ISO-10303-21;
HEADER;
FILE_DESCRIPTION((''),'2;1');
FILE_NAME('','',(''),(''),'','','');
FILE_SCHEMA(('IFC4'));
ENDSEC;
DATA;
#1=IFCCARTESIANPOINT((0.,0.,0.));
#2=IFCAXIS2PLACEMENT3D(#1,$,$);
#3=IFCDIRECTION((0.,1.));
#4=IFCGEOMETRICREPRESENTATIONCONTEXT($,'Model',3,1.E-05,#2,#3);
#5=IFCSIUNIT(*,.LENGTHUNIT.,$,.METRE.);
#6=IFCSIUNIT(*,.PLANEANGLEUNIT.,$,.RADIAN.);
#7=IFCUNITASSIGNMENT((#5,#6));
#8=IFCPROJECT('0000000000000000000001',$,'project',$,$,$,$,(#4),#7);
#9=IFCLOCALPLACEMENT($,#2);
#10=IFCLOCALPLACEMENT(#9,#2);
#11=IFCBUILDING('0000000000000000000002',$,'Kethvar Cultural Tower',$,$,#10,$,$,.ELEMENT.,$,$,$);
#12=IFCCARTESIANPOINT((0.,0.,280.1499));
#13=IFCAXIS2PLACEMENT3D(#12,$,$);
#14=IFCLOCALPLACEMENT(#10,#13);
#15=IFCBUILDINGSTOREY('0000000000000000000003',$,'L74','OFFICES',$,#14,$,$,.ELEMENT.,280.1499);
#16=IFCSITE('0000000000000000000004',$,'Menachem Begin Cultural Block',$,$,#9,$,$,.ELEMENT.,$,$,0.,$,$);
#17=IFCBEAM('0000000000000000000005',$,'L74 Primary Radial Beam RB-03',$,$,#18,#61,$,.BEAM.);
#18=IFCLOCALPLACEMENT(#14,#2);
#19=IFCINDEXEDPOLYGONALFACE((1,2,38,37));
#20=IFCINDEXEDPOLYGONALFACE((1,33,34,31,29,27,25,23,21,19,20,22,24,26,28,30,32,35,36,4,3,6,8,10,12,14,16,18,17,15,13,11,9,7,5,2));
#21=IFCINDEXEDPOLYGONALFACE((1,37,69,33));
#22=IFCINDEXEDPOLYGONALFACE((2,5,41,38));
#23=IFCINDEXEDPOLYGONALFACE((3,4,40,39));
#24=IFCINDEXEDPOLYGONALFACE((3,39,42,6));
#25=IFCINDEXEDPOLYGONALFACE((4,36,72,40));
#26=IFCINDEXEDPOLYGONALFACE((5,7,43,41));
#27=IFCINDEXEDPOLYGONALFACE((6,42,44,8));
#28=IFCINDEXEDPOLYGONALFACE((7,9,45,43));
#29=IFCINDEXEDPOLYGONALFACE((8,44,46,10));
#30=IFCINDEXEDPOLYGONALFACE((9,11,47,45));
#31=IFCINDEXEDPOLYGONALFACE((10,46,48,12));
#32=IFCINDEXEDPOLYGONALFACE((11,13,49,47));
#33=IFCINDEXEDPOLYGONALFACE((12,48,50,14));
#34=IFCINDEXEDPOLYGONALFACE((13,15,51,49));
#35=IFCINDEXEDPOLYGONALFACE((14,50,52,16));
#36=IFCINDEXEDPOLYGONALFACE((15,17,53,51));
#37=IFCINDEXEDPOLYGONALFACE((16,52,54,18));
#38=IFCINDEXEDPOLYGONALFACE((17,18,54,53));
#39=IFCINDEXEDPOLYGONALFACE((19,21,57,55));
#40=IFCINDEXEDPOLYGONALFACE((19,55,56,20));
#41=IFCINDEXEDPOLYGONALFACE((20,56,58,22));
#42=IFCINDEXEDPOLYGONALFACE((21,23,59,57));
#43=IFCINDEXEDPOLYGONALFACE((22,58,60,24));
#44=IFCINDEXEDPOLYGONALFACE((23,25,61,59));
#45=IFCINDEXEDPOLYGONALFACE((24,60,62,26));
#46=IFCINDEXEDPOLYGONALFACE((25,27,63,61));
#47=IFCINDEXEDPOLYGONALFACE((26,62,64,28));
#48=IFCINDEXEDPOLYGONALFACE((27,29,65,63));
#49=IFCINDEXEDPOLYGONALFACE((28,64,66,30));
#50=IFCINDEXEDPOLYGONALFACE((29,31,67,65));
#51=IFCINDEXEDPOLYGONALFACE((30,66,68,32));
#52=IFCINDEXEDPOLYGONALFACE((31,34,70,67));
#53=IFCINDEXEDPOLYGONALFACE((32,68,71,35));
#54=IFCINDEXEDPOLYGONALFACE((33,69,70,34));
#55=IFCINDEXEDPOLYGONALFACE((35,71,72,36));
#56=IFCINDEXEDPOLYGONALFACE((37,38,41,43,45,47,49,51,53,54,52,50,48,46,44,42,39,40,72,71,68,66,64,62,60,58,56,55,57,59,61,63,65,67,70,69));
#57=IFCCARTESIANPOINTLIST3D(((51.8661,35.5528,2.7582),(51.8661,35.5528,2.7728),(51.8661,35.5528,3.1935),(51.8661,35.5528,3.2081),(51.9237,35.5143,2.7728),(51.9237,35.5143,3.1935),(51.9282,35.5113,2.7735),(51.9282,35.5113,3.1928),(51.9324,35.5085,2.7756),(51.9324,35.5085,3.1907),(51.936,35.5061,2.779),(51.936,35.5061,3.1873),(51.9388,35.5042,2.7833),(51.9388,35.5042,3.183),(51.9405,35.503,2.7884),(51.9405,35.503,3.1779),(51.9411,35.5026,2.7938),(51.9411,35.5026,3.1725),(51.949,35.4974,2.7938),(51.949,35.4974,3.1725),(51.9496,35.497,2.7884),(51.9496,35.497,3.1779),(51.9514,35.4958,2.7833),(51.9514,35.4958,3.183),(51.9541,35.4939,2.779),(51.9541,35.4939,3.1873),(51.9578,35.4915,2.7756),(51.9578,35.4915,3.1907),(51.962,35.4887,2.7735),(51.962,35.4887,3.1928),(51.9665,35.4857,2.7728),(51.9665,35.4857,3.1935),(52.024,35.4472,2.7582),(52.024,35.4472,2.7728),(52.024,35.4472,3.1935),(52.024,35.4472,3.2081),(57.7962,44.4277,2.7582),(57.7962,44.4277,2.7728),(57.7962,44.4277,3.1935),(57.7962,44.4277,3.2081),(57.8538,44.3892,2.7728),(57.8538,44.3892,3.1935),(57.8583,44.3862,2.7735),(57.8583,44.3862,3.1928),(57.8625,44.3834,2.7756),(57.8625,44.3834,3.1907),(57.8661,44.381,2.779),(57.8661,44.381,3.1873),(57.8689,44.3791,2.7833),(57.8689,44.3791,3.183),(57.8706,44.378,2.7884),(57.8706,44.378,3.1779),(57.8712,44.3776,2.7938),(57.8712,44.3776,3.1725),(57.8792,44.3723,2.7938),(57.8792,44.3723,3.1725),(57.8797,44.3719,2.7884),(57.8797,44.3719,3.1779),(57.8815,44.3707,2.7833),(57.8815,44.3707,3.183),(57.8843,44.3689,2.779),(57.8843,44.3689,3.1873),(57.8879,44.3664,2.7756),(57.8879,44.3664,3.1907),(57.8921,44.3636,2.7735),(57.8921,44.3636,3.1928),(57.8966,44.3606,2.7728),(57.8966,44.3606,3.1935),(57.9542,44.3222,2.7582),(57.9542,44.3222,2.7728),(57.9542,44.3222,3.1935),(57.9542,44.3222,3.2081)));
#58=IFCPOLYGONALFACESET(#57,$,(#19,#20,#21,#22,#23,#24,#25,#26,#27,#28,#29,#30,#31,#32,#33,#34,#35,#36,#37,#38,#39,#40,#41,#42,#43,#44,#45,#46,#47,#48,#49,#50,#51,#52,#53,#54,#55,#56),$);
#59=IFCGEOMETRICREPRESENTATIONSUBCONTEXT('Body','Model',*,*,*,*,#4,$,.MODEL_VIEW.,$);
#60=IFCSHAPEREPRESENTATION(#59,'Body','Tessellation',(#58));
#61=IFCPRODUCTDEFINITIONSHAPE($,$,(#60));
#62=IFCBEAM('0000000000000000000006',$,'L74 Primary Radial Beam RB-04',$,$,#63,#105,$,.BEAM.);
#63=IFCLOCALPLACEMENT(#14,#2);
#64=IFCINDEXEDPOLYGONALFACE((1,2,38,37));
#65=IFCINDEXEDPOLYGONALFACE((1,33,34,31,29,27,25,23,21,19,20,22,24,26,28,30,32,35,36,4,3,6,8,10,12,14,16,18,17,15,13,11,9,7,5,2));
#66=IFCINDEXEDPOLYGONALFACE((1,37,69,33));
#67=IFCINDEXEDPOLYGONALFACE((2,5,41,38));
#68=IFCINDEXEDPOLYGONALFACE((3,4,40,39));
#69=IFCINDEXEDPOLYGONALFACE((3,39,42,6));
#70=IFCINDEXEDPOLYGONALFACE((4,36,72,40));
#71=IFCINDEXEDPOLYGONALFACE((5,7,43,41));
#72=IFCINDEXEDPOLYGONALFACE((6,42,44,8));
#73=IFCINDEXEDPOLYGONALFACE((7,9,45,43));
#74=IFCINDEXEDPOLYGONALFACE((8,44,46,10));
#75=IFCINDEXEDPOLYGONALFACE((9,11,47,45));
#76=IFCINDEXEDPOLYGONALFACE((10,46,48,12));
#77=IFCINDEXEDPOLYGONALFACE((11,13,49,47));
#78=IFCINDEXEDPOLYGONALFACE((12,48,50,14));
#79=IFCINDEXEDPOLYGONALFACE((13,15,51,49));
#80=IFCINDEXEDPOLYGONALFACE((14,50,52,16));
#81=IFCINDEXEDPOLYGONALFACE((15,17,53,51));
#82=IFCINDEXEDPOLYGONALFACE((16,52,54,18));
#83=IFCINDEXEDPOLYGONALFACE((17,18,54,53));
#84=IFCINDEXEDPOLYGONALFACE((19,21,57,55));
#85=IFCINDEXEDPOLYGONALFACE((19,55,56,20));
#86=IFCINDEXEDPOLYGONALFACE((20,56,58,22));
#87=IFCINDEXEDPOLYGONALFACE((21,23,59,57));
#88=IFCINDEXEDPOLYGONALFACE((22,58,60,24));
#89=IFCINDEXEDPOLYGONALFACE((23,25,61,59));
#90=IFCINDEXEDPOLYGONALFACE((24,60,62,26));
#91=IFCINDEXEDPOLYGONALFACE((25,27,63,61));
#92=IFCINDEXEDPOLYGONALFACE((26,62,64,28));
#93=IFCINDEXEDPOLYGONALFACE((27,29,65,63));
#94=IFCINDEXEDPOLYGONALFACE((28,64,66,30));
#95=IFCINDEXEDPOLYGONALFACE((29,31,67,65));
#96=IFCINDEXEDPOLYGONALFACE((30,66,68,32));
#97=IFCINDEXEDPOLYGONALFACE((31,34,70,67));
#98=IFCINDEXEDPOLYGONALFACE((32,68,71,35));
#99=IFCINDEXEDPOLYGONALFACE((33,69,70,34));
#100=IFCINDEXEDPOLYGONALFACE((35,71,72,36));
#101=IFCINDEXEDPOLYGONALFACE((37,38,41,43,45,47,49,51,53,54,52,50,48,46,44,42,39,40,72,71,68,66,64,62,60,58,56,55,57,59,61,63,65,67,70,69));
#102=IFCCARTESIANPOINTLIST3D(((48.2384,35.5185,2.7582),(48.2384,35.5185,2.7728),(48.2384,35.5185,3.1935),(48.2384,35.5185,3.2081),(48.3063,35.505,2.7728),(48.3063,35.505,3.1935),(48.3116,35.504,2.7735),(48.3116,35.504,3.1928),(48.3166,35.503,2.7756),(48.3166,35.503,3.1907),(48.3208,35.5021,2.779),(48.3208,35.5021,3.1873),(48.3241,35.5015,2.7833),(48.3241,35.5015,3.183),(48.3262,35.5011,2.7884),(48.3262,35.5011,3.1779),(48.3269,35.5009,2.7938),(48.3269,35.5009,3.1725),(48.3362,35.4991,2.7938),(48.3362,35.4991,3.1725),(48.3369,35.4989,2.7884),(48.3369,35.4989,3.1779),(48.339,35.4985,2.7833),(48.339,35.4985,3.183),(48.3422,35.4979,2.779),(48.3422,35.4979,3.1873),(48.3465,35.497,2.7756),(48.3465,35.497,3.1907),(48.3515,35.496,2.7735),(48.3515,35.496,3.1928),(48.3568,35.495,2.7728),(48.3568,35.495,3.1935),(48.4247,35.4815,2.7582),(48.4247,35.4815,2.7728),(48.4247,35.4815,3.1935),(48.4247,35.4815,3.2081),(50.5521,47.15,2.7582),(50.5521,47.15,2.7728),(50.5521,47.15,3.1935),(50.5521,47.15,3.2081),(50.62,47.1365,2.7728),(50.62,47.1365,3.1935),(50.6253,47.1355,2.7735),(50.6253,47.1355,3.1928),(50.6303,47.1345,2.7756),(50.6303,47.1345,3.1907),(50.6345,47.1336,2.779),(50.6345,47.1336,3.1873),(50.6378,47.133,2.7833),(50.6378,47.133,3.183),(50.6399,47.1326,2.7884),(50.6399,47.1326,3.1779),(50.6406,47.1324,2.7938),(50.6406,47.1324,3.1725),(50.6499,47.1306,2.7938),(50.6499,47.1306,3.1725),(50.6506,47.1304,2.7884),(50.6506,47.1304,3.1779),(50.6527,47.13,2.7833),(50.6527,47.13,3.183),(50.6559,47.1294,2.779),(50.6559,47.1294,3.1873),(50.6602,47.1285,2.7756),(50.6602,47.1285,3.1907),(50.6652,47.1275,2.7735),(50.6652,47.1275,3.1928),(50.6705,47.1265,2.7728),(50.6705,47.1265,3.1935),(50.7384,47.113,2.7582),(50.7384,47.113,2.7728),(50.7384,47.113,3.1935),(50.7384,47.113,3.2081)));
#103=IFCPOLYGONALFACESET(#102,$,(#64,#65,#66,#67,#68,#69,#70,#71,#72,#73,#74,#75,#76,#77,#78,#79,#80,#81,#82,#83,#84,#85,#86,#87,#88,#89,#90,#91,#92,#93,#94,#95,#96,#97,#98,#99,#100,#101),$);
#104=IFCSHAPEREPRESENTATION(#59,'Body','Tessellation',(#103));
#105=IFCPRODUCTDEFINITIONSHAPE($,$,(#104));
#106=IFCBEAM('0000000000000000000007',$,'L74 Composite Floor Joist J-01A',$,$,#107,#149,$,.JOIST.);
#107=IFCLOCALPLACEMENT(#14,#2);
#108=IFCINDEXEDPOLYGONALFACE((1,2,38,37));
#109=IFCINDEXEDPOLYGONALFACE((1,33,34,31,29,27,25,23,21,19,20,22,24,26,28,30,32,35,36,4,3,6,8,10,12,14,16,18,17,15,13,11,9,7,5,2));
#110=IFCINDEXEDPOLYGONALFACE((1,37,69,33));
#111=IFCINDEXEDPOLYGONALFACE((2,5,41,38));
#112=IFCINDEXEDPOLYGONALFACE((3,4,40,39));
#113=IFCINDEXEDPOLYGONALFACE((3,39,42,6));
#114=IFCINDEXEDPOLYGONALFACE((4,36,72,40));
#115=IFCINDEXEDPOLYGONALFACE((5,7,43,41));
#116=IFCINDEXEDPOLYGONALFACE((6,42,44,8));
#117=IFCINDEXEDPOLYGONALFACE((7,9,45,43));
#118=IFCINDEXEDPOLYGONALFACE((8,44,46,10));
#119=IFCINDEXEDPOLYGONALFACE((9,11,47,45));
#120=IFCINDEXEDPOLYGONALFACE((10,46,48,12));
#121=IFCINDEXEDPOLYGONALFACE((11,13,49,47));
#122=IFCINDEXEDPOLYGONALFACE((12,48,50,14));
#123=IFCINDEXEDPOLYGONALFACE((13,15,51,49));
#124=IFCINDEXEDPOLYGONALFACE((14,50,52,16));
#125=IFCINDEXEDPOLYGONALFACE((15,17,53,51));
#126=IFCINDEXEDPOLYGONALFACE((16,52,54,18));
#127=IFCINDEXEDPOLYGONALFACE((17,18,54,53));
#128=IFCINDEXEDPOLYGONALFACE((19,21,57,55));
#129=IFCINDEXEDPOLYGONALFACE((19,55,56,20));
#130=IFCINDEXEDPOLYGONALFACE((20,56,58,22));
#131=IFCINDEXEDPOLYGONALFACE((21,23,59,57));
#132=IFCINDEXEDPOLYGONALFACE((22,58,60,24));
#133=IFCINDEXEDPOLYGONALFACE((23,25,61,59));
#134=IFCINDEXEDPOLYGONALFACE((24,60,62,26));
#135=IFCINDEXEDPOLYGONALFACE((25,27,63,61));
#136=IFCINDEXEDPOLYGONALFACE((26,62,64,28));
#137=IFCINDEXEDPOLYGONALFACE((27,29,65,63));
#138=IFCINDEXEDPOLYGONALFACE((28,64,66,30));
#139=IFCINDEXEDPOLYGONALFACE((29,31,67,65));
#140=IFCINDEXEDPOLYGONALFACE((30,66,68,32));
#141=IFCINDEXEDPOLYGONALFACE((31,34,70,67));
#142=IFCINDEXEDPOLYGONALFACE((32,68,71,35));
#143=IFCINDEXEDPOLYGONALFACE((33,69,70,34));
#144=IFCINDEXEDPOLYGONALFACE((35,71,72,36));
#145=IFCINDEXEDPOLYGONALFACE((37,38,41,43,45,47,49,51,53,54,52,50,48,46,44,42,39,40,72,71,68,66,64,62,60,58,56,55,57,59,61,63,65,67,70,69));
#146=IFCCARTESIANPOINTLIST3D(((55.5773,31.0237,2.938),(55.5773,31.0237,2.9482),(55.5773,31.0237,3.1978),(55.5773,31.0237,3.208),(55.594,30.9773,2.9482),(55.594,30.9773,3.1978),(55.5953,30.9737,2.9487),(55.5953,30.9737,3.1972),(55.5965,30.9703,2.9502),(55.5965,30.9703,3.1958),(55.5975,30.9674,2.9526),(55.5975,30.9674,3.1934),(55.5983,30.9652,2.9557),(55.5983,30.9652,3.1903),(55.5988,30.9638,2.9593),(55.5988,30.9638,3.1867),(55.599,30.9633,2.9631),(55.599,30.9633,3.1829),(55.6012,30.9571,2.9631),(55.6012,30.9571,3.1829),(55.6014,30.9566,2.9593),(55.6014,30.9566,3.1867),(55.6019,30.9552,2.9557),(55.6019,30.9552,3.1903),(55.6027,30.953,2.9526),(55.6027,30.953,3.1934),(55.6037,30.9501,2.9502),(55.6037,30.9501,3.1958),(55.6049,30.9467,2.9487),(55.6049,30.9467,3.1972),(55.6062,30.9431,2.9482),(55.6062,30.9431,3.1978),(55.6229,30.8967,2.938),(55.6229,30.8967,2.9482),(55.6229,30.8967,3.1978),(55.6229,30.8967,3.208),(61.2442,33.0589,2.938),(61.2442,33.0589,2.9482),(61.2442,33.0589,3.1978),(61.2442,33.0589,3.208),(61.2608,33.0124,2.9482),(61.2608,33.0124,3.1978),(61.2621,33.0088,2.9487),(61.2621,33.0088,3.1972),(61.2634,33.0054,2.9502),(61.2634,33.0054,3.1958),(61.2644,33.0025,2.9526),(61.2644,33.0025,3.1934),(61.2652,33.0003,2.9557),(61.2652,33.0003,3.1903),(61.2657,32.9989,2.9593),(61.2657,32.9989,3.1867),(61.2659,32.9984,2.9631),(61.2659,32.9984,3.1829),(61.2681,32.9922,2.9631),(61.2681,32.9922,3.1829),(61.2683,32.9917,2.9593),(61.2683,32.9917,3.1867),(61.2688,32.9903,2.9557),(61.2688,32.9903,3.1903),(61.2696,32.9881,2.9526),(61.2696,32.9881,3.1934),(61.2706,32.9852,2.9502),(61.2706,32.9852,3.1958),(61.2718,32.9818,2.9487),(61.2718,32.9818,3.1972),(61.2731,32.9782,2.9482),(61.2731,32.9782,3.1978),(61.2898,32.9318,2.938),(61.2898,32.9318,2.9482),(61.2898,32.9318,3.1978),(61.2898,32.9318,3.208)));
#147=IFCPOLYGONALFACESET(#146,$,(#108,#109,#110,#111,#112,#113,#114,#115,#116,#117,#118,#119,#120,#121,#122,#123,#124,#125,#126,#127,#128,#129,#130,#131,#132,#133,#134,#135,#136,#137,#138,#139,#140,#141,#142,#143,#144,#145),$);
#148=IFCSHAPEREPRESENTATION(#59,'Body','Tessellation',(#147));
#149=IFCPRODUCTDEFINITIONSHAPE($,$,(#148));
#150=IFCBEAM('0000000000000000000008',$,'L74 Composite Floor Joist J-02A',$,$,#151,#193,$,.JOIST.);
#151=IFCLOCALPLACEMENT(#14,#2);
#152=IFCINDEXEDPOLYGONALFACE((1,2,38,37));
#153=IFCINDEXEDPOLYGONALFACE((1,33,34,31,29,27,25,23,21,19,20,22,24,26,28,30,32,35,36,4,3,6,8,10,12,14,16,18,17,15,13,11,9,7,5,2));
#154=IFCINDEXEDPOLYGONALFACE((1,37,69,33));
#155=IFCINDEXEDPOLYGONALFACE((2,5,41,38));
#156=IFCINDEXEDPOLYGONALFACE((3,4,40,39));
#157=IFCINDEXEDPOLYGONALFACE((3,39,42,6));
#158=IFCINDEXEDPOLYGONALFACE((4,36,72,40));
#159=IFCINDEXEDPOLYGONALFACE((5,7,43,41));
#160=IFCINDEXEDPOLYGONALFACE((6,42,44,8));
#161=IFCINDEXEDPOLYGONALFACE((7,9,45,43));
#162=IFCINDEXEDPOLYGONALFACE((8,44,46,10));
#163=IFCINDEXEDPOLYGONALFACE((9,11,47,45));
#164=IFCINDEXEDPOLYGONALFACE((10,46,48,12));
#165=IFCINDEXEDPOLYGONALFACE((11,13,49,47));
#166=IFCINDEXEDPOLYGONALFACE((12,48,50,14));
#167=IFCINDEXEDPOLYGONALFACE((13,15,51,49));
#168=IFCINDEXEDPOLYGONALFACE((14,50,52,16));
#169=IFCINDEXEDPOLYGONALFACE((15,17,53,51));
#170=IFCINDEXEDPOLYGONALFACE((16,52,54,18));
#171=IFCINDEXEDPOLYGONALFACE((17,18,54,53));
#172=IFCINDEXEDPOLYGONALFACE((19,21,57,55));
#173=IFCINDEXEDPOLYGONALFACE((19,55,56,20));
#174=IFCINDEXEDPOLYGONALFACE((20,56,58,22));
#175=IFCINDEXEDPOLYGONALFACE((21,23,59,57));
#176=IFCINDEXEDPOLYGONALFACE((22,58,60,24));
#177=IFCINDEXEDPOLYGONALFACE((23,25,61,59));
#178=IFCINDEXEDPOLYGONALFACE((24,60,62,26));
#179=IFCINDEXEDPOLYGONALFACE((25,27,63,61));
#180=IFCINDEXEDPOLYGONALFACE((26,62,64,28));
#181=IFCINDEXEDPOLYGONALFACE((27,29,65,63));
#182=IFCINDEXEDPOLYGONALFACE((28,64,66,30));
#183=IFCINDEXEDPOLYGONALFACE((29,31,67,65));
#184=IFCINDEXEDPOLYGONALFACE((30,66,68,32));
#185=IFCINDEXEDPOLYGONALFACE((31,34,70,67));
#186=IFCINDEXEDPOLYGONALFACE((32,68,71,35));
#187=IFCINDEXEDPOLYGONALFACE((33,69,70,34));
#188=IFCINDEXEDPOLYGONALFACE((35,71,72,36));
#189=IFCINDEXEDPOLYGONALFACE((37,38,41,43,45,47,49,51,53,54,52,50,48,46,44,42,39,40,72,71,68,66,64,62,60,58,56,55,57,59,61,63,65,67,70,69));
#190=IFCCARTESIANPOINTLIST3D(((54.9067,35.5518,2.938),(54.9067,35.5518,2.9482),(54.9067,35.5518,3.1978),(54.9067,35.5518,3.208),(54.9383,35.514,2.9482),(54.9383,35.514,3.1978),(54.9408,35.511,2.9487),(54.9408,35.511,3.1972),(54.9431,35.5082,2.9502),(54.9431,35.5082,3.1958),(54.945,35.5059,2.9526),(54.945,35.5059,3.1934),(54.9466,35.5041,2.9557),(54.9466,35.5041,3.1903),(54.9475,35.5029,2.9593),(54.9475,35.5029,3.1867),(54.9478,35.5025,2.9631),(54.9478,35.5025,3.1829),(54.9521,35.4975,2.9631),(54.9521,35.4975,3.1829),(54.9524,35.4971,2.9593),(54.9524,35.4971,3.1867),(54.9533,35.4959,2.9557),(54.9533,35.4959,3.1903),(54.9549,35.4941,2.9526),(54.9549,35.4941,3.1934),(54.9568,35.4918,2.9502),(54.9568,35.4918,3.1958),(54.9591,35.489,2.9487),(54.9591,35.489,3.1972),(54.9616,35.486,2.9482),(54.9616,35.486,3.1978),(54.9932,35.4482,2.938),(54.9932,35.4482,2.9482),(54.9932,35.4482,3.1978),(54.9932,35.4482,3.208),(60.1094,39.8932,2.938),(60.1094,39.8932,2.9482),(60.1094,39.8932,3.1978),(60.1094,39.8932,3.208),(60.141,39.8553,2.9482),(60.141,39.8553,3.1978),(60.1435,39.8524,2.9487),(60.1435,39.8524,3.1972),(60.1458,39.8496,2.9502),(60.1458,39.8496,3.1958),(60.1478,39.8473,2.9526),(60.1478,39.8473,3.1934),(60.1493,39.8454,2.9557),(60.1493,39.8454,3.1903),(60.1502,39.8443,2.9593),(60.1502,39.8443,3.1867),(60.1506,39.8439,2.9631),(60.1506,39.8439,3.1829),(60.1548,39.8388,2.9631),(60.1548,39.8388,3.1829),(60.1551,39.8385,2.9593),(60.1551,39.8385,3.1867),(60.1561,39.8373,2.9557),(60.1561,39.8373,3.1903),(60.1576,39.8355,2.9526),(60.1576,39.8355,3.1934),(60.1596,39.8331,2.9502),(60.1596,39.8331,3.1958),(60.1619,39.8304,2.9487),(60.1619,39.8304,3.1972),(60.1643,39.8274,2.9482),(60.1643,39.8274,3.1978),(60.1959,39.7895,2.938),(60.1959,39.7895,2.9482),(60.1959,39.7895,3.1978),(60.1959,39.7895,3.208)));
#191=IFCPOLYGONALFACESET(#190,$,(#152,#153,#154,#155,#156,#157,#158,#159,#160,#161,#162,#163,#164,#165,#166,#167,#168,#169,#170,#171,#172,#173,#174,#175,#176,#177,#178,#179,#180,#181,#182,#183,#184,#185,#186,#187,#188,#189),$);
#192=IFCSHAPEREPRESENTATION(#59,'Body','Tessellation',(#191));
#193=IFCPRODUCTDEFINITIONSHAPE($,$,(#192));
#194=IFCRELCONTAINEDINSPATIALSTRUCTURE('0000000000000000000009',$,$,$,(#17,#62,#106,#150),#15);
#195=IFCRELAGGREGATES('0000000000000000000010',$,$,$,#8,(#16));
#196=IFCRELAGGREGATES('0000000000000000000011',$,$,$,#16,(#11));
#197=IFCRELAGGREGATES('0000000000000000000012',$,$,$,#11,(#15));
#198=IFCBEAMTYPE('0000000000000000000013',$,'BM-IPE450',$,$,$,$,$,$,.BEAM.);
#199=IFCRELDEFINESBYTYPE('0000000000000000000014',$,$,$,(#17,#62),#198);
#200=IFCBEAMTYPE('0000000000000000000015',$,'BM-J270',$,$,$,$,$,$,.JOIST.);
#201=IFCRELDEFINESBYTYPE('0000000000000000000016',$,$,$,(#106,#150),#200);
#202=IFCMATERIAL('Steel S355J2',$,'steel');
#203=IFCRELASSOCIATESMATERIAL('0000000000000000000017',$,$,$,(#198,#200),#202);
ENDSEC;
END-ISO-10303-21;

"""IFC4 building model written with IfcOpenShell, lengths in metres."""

from ifc_helpers import new_model, si_unit, direction, frame, origin, origin_2d, place, context, subcontext, project, spatial, i_section, extrude, source, transform, mapped, material, material_profile, profile_set, type_object, element, save


model = new_model("IFC4")

# Units and contexts
model_context = context("Model", 3, precision=1e-05, world=origin(), true_north=direction((0.0, 1.0)))
body_context = subcontext(model_context, "Body", "Model", "MODEL_VIEW")
ifc_project = project(units=[si_unit("LENGTHUNIT", "METRE"), si_unit("PLANEANGLEUNIT", "RADIAN")], contexts=[model_context])

# Site, building, storey
site_placement = place(None, origin())
site = spatial("IfcSite", under=ifc_project, at=site_placement, Name="Menachem Begin Cultural Block", CompositionType="ELEMENT", RefElevation=0.0)
building_placement = place(site_placement, origin())
building = spatial("IfcBuilding", under=site, at=building_placement, Name="Kethvar Cultural Tower", CompositionType="ELEMENT")
storey_placement = place(building_placement, frame((0.0, 0.0, 280.1499)))
storey = spatial("IfcBuildingStorey", under=building, at=storey_placement, Name="L74", Description="OFFICES", CompositionType="ELEMENT", Elevation=280.1499)

# Beams
ifc_material_1 = material(Name="Steel S355J2", Category="steel")
ifc_material_profile_1 = material_profile(ifc_material_1, i_section(OverallWidth=0.1899, OverallDepth=0.45, WebThickness=0.0095, FlangeThickness=0.0146, FilletRadius=0.021, at=origin_2d()), Name="Steel S355J2 — IPE450")
ifc_profile_set_1 = profile_set([ifc_material_profile_1], Name="Steel S355J2 — IPE450")
beam_type_1 = type_object("IfcBeamType", Name="BM-IPE450", PredefinedType="BEAM", material=ifc_profile_set_1)
shared_shape_1 = source(origin(), body_context, "Body", "SweptSolid", [
    extrude(i_section(OverallWidth=0.1899, OverallDepth=0.45, WebThickness=0.0095, FlangeThickness=0.0146, FilletRadius=0.021, at=origin_2d()), origin(), (0.0, 0.0, 1.0), 10.6738),
])
beam_1_placement = place(storey_placement, frame((51.9451, 35.5, 2.9832), z_axis=(0.555576, 0.831466, 0.0), x_axis=(-0.831466, 0.555576, 0.0)))
element("IfcBeam", 1, at=beam_1_placement, inside=storey, type_object=beam_type_1, Name="L74 Primary Radial Beam RB-03", PredefinedType="BEAM", context=body_context, shape_type="MappedRepresentation", body=[
    mapped(shared_shape_1, transform((0.0, 0.0, 0.0), scale=1.0)),
])
shared_shape_2 = source(origin(), body_context, "Body", "SweptSolid", [
    extrude(i_section(OverallWidth=0.1899, OverallDepth=0.45, WebThickness=0.0095, FlangeThickness=0.0146, FilletRadius=0.021, at=origin_2d()), origin(), (0.0, 0.0, 1.0), 11.8594),
])
beam_2_placement = place(storey_placement, frame((48.3315, 35.5, 2.9832), z_axis=(0.195095, 0.980784, 0.0), x_axis=(-0.980784, 0.195095, 0.0)))
element("IfcBeam", 2, at=beam_2_placement, inside=storey, type_object=beam_type_1, Name="L74 Primary Radial Beam RB-04", PredefinedType="BEAM", context=body_context, shape_type="MappedRepresentation", body=[
    mapped(shared_shape_2, transform((0.0, 0.0, 0.0), scale=1.0)),
])
ifc_material_profile_2 = material_profile(ifc_material_1, i_section(OverallWidth=0.135, OverallDepth=0.27, WebThickness=0.0066, FlangeThickness=0.0103, FilletRadius=0.0149, at=origin_2d()), Name="Steel S355J2 — IPE270")
ifc_profile_set_2 = profile_set([ifc_material_profile_2], Name="Steel S355J2 — IPE270")
beam_type_2 = type_object("IfcBeamType", Name="BM-J270", PredefinedType="JOIST", material=ifc_profile_set_2)
shared_shape_3 = source(origin(), body_context, "Body", "SweptSolid", [
    extrude(i_section(OverallWidth=0.135, OverallDepth=0.27, WebThickness=0.0066, FlangeThickness=0.0103, FilletRadius=0.0149, at=origin_2d()), origin(), (0.0, 0.0, 1.0), 6.0212),
])
beam_3_placement = place(storey_placement, frame((55.6001, 30.9602, 3.073), z_axis=(0.94115, 0.33799, 0.0), x_axis=(-0.33799, 0.94115, 0.0)))
element("IfcBeam", 3, at=beam_3_placement, inside=storey, type_object=beam_type_2, Name="L74 Composite Floor Joist J-01A", PredefinedType="JOIST", context=body_context, shape_type="MappedRepresentation", body=[
    mapped(shared_shape_3, transform((0.0, 0.0, 0.0), scale=1.0)),
])
shared_shape_4 = source(origin(), body_context, "Body", "SweptSolid", [
    extrude(i_section(OverallWidth=0.135, OverallDepth=0.27, WebThickness=0.0066, FlangeThickness=0.0103, FilletRadius=0.0149, at=origin_2d()), origin(), (0.0, 0.0, 1.0), 6.7761),
])
beam_4_placement = place(storey_placement, frame((54.95, 35.5, 3.073), z_axis=(0.767802, 0.640688, 0.0), x_axis=(-0.640688, 0.767802, 0.0)))
element("IfcBeam", 4, at=beam_4_placement, inside=storey, type_object=beam_type_2, Name="L74 Composite Floor Joist J-02A", PredefinedType="JOIST", context=body_context, shape_type="MappedRepresentation", body=[
    mapped(shared_shape_4, transform((0.0, 0.0, 0.0), scale=1.0)),
])

save(model, "model.ifc")
